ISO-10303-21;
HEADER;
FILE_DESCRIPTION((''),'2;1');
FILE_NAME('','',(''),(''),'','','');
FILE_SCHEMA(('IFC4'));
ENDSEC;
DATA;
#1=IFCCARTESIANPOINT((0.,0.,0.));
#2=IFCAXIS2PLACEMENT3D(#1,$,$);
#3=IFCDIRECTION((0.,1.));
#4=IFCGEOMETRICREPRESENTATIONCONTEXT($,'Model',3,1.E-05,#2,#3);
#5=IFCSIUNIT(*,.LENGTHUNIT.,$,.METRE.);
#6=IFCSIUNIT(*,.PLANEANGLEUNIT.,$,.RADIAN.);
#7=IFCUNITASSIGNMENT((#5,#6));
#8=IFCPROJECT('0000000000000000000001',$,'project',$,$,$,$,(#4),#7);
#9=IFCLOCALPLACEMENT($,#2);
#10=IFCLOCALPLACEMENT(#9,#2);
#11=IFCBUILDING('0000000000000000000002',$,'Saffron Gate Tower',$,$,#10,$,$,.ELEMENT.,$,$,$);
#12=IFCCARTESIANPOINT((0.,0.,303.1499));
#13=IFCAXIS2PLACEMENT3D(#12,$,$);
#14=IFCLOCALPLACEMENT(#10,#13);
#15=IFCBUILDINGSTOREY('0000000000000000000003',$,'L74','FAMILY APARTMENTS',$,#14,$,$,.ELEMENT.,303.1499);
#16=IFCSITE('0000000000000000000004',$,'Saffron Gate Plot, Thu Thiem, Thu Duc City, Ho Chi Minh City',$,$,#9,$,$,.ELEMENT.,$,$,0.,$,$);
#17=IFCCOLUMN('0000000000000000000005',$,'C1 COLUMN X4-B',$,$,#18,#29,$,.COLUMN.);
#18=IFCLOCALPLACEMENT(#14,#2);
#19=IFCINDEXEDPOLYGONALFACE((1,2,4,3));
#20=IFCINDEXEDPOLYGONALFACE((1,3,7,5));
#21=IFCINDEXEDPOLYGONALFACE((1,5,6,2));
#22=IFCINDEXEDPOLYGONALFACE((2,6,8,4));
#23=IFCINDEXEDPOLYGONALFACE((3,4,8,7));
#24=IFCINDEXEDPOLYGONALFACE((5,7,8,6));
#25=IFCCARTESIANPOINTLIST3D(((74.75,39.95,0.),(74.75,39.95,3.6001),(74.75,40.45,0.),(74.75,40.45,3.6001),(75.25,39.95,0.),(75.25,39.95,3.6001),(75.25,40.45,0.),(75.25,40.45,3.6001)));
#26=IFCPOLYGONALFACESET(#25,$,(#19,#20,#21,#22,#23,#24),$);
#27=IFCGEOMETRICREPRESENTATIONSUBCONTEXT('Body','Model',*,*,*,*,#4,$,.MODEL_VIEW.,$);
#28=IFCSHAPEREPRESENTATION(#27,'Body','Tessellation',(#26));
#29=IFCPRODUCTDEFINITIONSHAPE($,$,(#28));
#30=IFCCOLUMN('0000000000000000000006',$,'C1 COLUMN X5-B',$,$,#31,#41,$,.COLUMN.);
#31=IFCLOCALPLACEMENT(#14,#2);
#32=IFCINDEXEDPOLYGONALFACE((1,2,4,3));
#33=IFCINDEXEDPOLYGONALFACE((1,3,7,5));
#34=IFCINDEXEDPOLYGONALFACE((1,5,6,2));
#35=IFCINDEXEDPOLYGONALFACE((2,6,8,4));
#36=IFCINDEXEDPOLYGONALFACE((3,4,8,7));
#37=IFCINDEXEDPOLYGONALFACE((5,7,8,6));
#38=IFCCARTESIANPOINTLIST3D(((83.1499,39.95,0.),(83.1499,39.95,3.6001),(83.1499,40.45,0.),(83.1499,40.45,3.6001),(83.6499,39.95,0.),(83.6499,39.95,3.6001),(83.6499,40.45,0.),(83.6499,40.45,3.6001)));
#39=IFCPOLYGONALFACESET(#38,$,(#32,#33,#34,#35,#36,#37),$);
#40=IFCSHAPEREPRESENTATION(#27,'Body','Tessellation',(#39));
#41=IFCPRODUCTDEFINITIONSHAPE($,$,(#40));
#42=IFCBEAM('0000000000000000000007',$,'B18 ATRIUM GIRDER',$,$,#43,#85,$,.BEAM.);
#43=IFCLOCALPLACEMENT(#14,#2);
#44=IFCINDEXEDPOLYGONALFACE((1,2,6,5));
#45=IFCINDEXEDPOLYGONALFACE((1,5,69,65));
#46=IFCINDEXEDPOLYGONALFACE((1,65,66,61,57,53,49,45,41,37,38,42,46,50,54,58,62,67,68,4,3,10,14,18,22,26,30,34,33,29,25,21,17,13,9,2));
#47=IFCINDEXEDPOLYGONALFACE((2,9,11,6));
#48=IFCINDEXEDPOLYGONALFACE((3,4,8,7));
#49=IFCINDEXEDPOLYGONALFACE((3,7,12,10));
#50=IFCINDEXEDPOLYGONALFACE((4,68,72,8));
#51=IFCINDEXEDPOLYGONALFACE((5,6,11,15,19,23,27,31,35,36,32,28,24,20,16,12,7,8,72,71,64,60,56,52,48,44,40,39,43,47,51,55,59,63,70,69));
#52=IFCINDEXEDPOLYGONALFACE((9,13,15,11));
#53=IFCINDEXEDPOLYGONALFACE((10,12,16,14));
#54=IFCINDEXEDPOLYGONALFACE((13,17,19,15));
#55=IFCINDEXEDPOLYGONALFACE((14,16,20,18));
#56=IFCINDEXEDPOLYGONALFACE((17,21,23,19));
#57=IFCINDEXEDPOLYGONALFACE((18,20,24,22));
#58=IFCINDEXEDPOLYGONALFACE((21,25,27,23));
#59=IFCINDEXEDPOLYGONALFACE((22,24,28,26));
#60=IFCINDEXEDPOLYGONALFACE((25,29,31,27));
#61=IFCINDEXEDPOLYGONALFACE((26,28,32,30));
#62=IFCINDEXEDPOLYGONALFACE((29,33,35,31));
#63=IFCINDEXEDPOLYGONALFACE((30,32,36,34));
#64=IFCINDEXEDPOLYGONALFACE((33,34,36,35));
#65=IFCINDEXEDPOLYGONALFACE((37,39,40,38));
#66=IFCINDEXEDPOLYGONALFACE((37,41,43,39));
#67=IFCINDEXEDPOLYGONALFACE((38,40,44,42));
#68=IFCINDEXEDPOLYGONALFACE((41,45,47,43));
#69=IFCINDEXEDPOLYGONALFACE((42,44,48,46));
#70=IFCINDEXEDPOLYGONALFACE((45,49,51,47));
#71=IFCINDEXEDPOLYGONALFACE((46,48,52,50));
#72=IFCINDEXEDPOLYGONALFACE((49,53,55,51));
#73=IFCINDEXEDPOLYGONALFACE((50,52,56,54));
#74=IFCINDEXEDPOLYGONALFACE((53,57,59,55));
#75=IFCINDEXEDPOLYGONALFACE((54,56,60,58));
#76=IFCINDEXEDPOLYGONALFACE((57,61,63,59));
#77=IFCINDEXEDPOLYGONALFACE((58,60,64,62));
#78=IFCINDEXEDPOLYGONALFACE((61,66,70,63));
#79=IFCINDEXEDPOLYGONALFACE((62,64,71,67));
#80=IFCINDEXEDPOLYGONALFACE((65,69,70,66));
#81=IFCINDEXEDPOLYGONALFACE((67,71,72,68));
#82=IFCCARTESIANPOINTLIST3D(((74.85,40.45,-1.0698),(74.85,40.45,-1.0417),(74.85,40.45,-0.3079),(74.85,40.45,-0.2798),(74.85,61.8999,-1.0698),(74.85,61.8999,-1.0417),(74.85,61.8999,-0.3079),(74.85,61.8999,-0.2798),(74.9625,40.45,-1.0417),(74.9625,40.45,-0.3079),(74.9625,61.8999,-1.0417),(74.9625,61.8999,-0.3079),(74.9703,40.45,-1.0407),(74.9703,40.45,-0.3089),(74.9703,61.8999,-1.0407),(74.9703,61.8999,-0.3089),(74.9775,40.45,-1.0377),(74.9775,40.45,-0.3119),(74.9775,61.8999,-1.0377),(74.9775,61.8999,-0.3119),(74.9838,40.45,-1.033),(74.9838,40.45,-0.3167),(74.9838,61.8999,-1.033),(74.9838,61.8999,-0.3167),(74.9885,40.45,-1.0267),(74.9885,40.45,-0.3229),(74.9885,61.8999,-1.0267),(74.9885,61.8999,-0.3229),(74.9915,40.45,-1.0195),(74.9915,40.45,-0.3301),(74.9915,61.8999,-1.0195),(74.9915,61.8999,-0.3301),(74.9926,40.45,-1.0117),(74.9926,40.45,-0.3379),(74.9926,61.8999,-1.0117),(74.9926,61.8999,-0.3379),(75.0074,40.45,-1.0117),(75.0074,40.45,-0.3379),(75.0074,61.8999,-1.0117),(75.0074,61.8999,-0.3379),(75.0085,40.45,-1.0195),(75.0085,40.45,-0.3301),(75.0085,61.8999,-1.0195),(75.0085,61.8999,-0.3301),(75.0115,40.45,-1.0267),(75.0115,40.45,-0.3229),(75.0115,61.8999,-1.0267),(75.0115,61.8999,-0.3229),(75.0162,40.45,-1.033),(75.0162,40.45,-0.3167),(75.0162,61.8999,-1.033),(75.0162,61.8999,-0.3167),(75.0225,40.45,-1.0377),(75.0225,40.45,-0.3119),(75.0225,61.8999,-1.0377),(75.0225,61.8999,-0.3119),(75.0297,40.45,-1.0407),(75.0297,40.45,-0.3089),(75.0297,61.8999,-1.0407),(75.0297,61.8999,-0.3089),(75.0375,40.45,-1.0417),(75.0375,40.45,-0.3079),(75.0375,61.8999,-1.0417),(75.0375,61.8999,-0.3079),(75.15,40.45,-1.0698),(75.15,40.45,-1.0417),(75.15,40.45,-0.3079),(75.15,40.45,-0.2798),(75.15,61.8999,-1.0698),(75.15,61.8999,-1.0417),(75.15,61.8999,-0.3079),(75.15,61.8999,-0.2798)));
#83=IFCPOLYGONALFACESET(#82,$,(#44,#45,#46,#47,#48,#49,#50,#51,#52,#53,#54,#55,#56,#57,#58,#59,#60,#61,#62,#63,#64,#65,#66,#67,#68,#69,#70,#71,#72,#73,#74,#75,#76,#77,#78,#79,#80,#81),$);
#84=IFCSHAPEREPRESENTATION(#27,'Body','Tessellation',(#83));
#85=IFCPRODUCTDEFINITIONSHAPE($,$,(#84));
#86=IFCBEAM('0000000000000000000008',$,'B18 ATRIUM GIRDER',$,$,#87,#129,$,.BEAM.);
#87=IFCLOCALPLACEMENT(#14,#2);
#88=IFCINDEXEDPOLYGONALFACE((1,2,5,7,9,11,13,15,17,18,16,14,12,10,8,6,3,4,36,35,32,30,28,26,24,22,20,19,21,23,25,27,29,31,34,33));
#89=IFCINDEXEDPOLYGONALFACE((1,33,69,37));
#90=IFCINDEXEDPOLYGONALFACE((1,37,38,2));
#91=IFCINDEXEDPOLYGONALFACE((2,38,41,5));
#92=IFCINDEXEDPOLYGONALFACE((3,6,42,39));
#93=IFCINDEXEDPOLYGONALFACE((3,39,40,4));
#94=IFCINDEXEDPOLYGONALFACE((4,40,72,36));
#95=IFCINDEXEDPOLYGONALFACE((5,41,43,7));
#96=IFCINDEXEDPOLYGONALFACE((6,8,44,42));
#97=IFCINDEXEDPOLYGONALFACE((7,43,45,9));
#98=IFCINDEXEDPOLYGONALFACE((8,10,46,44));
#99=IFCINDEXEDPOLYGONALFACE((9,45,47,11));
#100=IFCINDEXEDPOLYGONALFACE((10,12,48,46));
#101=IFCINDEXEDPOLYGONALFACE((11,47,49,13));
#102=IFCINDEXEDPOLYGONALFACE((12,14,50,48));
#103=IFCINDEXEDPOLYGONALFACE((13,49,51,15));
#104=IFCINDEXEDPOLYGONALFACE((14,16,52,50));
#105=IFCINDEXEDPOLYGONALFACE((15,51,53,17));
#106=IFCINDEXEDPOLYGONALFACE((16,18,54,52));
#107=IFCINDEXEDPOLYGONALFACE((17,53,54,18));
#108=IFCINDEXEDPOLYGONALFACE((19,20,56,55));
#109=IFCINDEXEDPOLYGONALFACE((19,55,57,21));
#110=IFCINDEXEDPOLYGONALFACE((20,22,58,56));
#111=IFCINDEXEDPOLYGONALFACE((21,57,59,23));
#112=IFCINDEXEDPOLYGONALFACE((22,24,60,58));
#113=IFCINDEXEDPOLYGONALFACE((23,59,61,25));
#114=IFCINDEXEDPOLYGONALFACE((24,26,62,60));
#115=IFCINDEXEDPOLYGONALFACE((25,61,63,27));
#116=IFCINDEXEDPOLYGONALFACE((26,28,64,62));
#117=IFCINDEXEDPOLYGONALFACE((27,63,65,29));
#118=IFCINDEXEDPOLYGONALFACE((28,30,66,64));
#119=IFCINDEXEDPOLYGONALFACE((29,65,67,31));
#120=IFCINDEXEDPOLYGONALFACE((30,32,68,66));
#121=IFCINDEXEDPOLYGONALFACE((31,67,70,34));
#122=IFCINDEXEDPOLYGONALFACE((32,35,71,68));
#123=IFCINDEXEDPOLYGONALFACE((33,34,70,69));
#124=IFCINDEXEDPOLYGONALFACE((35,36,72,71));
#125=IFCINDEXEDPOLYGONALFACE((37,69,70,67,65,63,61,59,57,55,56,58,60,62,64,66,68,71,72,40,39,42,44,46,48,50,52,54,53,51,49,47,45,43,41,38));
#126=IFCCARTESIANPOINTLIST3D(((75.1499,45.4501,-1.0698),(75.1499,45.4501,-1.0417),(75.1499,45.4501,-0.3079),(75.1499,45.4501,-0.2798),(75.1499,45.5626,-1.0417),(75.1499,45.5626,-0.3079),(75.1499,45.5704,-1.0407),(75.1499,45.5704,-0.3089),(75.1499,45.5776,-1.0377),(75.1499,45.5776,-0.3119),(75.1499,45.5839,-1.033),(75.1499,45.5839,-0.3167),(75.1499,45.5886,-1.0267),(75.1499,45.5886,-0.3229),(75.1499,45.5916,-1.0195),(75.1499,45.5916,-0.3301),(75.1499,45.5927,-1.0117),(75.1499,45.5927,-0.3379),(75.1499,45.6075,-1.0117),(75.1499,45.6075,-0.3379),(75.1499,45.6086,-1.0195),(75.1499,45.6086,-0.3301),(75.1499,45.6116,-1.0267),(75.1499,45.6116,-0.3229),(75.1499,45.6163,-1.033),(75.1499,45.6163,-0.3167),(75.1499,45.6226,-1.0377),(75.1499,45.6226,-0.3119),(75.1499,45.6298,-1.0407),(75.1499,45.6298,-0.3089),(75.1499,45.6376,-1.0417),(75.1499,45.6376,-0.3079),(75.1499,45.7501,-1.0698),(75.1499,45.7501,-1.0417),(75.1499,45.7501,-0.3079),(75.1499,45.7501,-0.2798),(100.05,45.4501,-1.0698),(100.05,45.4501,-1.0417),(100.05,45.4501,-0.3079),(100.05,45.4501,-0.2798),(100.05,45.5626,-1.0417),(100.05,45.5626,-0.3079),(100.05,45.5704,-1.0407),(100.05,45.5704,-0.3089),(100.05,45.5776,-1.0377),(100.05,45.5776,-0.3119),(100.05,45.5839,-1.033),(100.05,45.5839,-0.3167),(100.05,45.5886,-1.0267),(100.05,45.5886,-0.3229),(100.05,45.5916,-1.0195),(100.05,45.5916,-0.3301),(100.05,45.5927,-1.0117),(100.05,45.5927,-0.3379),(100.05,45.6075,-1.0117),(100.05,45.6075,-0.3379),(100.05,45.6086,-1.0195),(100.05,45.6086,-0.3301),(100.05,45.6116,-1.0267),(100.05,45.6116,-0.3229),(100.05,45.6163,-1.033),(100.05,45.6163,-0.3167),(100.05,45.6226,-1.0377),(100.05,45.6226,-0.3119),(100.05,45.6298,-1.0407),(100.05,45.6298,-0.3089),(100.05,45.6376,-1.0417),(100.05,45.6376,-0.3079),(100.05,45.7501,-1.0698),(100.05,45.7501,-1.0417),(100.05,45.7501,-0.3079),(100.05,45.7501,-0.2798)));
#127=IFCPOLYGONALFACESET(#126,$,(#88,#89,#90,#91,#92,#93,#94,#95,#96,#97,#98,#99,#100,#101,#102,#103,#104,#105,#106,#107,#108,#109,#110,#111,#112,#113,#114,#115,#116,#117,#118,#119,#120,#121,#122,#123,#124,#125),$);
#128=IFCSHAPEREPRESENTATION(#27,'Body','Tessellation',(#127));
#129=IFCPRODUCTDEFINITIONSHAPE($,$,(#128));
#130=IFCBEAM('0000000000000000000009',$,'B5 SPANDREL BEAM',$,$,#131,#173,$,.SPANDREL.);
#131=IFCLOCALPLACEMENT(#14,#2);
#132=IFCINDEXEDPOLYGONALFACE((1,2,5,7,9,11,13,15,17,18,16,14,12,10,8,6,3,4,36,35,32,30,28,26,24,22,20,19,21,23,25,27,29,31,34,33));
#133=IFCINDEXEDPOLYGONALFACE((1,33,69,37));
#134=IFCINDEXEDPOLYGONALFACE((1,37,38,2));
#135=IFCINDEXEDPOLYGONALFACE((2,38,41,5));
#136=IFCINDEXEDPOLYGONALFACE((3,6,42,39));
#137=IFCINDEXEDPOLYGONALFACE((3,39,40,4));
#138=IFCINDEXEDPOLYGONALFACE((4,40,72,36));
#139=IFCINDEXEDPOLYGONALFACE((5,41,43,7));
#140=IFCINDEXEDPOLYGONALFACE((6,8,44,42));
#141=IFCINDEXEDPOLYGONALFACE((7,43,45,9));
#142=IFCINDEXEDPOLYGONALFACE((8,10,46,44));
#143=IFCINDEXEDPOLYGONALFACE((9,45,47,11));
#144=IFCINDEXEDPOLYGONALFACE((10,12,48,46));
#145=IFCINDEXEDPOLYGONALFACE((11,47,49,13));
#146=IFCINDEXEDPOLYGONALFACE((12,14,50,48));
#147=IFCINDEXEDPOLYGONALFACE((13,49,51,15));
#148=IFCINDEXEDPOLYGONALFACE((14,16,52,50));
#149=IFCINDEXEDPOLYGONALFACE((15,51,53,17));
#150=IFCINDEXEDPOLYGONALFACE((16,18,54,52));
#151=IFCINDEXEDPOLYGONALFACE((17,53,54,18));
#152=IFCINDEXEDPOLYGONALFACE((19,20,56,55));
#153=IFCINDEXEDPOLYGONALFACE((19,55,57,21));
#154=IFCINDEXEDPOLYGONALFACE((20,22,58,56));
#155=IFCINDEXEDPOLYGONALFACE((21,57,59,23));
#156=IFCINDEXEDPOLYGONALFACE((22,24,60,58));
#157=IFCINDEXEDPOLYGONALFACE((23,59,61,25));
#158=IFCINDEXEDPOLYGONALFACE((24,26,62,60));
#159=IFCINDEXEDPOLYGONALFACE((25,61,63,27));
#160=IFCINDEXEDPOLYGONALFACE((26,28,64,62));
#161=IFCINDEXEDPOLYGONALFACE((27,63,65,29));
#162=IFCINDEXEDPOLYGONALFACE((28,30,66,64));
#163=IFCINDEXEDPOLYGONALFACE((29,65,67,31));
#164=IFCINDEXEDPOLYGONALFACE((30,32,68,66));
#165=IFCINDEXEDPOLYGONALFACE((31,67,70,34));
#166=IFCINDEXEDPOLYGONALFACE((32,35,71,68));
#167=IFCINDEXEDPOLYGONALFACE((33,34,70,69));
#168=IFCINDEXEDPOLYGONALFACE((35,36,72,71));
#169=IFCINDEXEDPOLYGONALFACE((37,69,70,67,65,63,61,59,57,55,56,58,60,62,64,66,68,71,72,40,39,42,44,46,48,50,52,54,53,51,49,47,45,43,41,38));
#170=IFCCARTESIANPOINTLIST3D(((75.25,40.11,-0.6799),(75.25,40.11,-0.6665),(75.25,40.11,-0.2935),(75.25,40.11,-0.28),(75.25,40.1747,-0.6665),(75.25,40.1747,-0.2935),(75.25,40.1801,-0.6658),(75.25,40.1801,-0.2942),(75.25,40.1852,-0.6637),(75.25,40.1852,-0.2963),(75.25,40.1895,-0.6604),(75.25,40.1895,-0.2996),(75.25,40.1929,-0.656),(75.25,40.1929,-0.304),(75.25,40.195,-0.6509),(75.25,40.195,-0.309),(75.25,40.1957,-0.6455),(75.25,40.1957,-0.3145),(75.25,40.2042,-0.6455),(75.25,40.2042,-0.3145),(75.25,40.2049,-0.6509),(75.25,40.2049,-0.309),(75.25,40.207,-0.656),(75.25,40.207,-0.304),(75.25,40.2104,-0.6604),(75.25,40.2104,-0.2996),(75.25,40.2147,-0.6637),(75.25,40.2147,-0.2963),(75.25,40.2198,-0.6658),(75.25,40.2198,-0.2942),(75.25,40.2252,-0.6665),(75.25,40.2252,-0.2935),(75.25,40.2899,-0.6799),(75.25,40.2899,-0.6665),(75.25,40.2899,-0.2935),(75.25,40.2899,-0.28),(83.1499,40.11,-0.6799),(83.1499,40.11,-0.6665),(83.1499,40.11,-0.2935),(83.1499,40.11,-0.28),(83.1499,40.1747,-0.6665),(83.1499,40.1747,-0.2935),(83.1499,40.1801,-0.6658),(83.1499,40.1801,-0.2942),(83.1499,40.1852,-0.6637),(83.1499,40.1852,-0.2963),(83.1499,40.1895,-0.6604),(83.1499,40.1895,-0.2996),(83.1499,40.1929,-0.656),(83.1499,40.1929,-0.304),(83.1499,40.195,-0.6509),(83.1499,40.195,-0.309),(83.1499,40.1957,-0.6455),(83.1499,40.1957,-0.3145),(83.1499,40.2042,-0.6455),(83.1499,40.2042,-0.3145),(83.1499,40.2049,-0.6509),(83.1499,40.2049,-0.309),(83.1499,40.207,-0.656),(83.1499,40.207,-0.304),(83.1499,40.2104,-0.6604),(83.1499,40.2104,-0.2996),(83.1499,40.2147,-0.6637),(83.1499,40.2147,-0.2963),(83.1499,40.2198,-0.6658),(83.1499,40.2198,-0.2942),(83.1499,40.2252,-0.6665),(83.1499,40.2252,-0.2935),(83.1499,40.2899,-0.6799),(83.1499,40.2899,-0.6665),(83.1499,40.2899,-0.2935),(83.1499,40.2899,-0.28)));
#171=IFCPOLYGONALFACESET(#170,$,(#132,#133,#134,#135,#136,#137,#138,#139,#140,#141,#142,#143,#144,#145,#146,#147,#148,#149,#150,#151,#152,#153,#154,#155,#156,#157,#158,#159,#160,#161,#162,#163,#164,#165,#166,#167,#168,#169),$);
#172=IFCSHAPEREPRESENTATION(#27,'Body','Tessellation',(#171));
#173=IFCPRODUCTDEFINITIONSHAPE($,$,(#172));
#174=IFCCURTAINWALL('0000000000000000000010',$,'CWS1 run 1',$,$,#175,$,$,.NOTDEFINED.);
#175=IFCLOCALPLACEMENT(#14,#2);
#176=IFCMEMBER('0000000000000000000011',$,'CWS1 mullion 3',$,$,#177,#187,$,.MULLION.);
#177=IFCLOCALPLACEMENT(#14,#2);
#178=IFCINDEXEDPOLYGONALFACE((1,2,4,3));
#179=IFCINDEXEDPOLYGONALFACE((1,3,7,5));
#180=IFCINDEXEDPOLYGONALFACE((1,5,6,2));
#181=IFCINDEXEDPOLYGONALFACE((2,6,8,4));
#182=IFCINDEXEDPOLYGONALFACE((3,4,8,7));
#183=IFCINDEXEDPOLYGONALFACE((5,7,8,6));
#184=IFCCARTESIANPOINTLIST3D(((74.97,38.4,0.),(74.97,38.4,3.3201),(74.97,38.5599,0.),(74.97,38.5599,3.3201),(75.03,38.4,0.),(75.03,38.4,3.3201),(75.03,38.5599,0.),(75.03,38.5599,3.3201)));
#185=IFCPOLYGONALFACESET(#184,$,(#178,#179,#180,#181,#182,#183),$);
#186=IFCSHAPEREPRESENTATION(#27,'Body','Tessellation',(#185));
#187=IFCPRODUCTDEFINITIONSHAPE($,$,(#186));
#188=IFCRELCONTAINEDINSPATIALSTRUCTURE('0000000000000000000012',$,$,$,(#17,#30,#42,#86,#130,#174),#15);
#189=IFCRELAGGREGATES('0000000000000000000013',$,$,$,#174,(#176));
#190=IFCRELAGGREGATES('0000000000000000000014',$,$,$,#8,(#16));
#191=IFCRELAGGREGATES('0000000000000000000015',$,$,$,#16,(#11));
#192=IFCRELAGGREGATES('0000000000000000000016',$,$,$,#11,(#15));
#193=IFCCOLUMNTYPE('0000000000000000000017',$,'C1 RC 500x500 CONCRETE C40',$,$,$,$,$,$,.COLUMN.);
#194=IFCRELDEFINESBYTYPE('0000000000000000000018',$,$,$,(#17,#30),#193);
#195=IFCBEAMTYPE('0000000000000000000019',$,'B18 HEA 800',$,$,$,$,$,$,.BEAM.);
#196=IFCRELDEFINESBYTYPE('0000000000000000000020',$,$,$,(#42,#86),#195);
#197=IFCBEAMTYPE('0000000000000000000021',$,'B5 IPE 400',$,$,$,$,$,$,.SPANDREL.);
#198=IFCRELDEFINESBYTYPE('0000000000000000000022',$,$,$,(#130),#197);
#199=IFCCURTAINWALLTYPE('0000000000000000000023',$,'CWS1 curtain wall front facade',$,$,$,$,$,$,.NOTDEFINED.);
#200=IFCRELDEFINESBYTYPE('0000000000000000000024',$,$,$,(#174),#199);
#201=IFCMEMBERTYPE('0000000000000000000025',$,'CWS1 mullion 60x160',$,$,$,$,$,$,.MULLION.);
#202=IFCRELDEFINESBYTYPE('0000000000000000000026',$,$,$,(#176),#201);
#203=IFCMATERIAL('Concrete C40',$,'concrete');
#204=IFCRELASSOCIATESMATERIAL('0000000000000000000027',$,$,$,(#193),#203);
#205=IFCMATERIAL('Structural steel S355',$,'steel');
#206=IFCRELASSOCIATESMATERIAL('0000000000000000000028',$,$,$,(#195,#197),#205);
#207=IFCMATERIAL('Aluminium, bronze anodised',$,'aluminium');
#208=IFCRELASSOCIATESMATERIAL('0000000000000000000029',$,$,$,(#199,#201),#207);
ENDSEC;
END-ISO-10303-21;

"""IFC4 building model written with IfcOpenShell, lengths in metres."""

from ifc_helpers import new_model, si_unit, direction, frame, origin, origin_2d, place, context, subcontext, project, spatial, rectangle, i_section, extrude, material, material_profile, profile_set, type_object, element, aggregate, save


model = new_model("IFC4")

# Units and contexts
model_context = context("Model", 3, precision=1e-05, world=origin(), true_north=direction((0.0, 1.0)))
body_context = subcontext(model_context, "Body", "Model", "MODEL_VIEW")
ifc_project = project(units=[si_unit("LENGTHUNIT", "METRE"), si_unit("PLANEANGLEUNIT", "RADIAN")], contexts=[model_context])

# Site, building, storey
site_placement = place(None, origin())
site = spatial("IfcSite", under=ifc_project, at=site_placement, Name="Saffron Gate Plot, Thu Thiem, Thu Duc City, Ho Chi Minh City", CompositionType="ELEMENT", RefElevation=0.0)
building_placement = place(site_placement, origin())
building = spatial("IfcBuilding", under=site, at=building_placement, Name="Saffron Gate Tower", CompositionType="ELEMENT")
storey_placement = place(building_placement, frame((0.0, 0.0, 303.1499)))
storey = spatial("IfcBuildingStorey", under=building, at=storey_placement, Name="L74", Description="FAMILY APARTMENTS", CompositionType="ELEMENT", Elevation=303.1499)

# Columns
ifc_material_1 = material(Name="Concrete C40", Category="concrete")
ifc_material_profile_1 = material_profile(ifc_material_1, rectangle(XDim=0.5, YDim=0.5, at=origin_2d()))
ifc_profile_set_1 = profile_set([ifc_material_profile_1], Name="Concrete C40")
column_type = type_object("IfcColumnType", Name="C1 RC 500x500 CONCRETE C40", PredefinedType="COLUMN", material=ifc_profile_set_1)
for number, where, z_axis, x_axis, name in (
    (1, (75.0, 40.2, 0.0), (0.0, 0.0, 1.0), (1.0, 0.0, 0.0), "C1 COLUMN X4-B"),
    (2, (83.3999, 40.2, 0.0), (0.0, 0.0, 1.0), (1.0, 0.0, 0.0), "C1 COLUMN X5-B"),
):
    element("IfcColumn", number, at=place(storey_placement, frame(where, z_axis=z_axis, x_axis=x_axis)), inside=storey, type_object=column_type, Name=name, PredefinedType="COLUMN", context=body_context, shape_type="SweptSolid", body=[
        extrude(rectangle(XDim=0.5, YDim=0.5, at=origin_2d()), origin(), (0.0, 0.0, 1.0), 3.6001),
    ])

# Beams
ifc_material_2 = material(Name="Structural steel S355", Category="steel")
ifc_material_profile_2 = material_profile(ifc_material_2, i_section(OverallWidth=0.3, OverallDepth=0.79, WebThickness=0.0149, FlangeThickness=0.0281, FilletRadius=0.03, at=origin_2d()))
ifc_profile_set_2 = profile_set([ifc_material_profile_2], Name="Structural steel S355")
beam_type_1 = type_object("IfcBeamType", Name="B18 HEA 800", PredefinedType="BEAM", material=ifc_profile_set_2)
beam_1_placement = place(storey_placement, frame((75.0, 40.45, -0.6748), z_axis=(0.0, 1.0, 0.0), x_axis=(-1.0, 0.0, 0.0)))
element("IfcBeam", 3, at=beam_1_placement, inside=storey, type_object=beam_type_1, Name="B18 ATRIUM GIRDER", PredefinedType="BEAM", context=body_context, shape_type="SweptSolid", body=[
    extrude(i_section(OverallWidth=0.3, OverallDepth=0.79, WebThickness=0.0149, FlangeThickness=0.0281, FilletRadius=0.03, at=origin_2d()), origin(), (0.0, 0.0, 1.0), 21.45),
])
beam_2_placement = place(storey_placement, frame((75.1499, 45.6001, -0.6748), z_axis=(1.0, 0.0, 0.0), x_axis=(0.0, 1.0, 0.0)))
element("IfcBeam", 4, at=beam_2_placement, inside=storey, type_object=beam_type_1, Name="B18 ATRIUM GIRDER", PredefinedType="BEAM", context=body_context, shape_type="SweptSolid", body=[
    extrude(i_section(OverallWidth=0.3, OverallDepth=0.79, WebThickness=0.0149, FlangeThickness=0.0281, FilletRadius=0.03, at=origin_2d()), origin(), (0.0, 0.0, 1.0), 24.9001),
])
ifc_material_profile_3 = material_profile(ifc_material_2, i_section(OverallWidth=0.1799, OverallDepth=0.3999, WebThickness=0.0085, FlangeThickness=0.0134, FilletRadius=0.021, at=origin_2d()))
ifc_profile_set_3 = profile_set([ifc_material_profile_3], Name="Structural steel S355")
beam_type_2 = type_object("IfcBeamType", Name="B5 IPE 400", PredefinedType="SPANDREL", material=ifc_profile_set_3)
beam_3_placement = place(storey_placement, frame((75.25, 40.2, -0.48), z_axis=(1.0, 0.0, 0.0), x_axis=(0.0, 1.0, 0.0)))
element("IfcBeam", 5, at=beam_3_placement, inside=storey, type_object=beam_type_2, Name="B5 SPANDREL BEAM", PredefinedType="SPANDREL", context=body_context, shape_type="SweptSolid", body=[
    extrude(i_section(OverallWidth=0.1799, OverallDepth=0.3999, WebThickness=0.0085, FlangeThickness=0.0134, FilletRadius=0.021, at=origin_2d()), origin(), (0.0, 0.0, 1.0), 7.8999),
])

# Curtain wall, member
ifc_material_3 = material(Name="Aluminium, bronze anodised", Category="aluminium")
curtain_wall_type = type_object("IfcCurtainWallType", Name="CWS1 curtain wall front facade", PredefinedType="NOTDEFINED", material=ifc_material_3)
curtain_wall_placement = place(storey_placement, origin())
curtain_wall = element("IfcCurtainWall", 6, at=curtain_wall_placement, inside=storey, type_object=curtain_wall_type, Name="CWS1 run 1", PredefinedType="NOTDEFINED")
ifc_material_profile_4 = material_profile(ifc_material_3, rectangle(XDim=0.1599, YDim=0.0601, at=origin_2d()))
ifc_profile_set_4 = profile_set([ifc_material_profile_4], Name="Aluminium, bronze anodised")
member_type = type_object("IfcMemberType", Name="CWS1 mullion 60x160", PredefinedType="MULLION", material=ifc_profile_set_4)
member_placement = place(storey_placement, frame((75.0, 38.48, 0.0), z_axis=(0.0, 0.0, 1.0), x_axis=(0.0, 1.0, 0.0)))
member = element("IfcMember", 7, at=member_placement, type_object=member_type, Name="CWS1 mullion 3", PredefinedType="MULLION", context=body_context, shape_type="SweptSolid", body=[
    extrude(rectangle(XDim=0.1599, YDim=0.0601, at=origin_2d()), origin(), (0.0, 0.0, 1.0), 3.3201),
])
aggregate(curtain_wall, [member])

save(model, "model.ifc")
